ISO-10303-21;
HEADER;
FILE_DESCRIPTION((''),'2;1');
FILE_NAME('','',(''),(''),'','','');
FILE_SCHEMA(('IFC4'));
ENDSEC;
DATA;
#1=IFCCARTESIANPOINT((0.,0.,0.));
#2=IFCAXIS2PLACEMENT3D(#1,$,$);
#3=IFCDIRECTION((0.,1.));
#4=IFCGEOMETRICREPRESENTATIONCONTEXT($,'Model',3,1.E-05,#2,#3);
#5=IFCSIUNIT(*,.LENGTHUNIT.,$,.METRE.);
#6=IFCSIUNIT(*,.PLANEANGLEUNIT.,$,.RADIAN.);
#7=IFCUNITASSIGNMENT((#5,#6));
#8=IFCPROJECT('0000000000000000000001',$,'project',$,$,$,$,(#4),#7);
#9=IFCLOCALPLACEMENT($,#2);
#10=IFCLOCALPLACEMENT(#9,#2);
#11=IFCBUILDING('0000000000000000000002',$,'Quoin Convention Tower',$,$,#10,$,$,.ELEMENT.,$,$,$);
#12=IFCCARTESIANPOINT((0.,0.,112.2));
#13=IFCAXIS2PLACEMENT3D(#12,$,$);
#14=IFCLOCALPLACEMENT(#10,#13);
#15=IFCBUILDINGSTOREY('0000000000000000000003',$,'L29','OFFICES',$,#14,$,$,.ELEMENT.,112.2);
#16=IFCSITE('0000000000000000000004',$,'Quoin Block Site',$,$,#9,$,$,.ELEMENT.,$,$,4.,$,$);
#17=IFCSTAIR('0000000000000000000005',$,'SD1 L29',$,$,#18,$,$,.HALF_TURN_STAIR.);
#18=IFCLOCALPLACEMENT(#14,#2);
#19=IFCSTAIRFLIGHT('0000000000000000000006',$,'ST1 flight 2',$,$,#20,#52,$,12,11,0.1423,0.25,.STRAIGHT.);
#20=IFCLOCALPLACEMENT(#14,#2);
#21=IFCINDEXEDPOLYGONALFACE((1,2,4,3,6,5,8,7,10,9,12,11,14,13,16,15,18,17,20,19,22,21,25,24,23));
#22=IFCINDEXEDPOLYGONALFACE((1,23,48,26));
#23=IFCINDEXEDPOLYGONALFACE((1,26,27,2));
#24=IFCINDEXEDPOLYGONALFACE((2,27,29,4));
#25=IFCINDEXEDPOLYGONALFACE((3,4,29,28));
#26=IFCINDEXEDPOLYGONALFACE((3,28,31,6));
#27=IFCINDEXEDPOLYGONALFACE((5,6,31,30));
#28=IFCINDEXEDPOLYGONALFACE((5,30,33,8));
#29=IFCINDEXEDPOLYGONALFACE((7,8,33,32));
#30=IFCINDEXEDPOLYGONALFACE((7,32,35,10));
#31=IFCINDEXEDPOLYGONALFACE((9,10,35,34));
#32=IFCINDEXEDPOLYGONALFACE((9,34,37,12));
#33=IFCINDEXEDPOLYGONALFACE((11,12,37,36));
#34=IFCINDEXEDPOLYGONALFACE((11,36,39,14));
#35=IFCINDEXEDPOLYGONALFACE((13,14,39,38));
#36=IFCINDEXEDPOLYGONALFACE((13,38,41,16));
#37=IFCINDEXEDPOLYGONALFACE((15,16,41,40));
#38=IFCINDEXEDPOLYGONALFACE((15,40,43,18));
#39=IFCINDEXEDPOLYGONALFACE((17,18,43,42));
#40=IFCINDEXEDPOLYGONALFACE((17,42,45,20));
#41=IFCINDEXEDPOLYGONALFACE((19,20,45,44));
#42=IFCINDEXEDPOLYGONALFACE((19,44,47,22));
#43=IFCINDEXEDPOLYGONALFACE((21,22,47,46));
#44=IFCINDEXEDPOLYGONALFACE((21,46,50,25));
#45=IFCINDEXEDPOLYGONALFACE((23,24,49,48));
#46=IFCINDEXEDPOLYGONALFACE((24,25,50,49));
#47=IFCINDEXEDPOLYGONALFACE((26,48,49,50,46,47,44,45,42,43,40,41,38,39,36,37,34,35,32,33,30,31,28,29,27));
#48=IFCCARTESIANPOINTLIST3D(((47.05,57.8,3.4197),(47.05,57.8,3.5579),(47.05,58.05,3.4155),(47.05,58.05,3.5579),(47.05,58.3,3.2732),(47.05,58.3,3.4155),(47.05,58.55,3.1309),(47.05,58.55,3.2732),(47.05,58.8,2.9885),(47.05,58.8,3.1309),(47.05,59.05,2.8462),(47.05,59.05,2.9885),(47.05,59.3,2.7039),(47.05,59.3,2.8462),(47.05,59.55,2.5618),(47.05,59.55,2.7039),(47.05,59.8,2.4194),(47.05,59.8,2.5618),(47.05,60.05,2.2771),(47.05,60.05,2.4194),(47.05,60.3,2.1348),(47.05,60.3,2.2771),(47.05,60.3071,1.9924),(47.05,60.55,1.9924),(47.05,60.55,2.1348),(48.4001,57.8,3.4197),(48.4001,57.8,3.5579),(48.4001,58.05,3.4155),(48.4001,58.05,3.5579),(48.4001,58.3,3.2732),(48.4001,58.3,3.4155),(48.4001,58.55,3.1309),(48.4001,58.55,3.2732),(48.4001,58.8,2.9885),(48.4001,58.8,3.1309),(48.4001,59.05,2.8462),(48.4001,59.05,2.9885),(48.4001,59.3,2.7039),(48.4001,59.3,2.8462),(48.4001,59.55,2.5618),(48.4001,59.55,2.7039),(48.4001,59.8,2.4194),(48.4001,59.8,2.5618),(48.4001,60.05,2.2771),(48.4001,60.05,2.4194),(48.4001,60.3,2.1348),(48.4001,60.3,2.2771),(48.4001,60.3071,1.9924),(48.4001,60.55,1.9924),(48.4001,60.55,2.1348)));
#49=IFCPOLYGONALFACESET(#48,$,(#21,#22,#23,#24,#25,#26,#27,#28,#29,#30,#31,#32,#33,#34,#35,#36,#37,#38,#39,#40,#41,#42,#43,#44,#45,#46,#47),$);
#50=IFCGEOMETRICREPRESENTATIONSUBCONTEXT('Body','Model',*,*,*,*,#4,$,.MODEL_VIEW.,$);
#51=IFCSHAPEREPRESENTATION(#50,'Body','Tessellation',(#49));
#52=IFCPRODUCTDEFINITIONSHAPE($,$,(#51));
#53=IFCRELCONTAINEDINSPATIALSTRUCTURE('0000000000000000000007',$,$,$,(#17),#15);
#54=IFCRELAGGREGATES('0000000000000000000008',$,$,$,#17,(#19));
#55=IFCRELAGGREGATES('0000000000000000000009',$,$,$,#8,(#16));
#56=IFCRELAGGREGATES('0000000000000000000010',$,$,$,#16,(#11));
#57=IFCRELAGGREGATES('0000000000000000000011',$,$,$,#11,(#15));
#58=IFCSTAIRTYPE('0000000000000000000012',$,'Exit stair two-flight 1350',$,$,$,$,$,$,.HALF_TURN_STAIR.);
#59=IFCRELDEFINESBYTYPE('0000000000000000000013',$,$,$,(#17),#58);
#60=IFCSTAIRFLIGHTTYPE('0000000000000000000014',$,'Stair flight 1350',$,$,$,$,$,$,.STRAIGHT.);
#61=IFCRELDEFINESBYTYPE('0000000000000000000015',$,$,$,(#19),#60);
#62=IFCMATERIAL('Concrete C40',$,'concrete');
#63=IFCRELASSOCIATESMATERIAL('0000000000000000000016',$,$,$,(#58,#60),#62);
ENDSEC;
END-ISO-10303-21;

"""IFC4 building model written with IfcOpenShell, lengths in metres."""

from ifc_helpers import new_model, si_unit, direction, frame, origin, place, context, subcontext, project, spatial, polyline, outline, extrude, material, type_object, element, aggregate, save


model = new_model("IFC4")

# Units and contexts
model_context = context("Model", 3, precision=1e-05, world=origin(), true_north=direction((0.0, 1.0)))
body_context = subcontext(model_context, "Body", "Model", "MODEL_VIEW")
ifc_project = project(units=[si_unit("LENGTHUNIT", "METRE"), si_unit("PLANEANGLEUNIT", "RADIAN")], contexts=[model_context])

# Site, building, storey
site_placement = place(None, origin())
site = spatial("IfcSite", under=ifc_project, at=site_placement, Name="Quoin Block Site", CompositionType="ELEMENT", RefElevation=4.0)
building_placement = place(site_placement, origin())
building = spatial("IfcBuilding", under=site, at=building_placement, Name="Quoin Convention Tower", CompositionType="ELEMENT")
storey_placement = place(building_placement, frame((0.0, 0.0, 112.2)))
storey = spatial("IfcBuildingStorey", under=building, at=storey_placement, Name="L29", Description="OFFICES", CompositionType="ELEMENT", Elevation=112.2)

# Stair, stair flight
ifc_material_1 = material(Name="Concrete C40", Category="concrete")
stair_type = type_object("IfcStairType", Name="Exit stair two-flight 1350", PredefinedType="HALF_TURN_STAIR", material=ifc_material_1)
stair_placement = place(storey_placement, origin())
stair = element("IfcStair", 1, at=stair_placement, inside=storey, type_object=stair_type, Name="SD1 L29", PredefinedType="HALF_TURN_STAIR")
stair_flight_type = type_object("IfcStairFlightType", Name="Stair flight 1350", PredefinedType="STRAIGHT", material=ifc_material_1)
stair_flight_placement = place(storey_placement, frame((47.7251, 60.55, 1.9924), z_axis=(0.0, 0.0, 1.0), x_axis=(0.0, -1.0, 0.0)))
stair_flight = element("IfcStairFlight", 2, at=stair_flight_placement, type_object=stair_flight_type, Name="ST1 flight 2", NumberOfRisers=12, NumberOfTreads=11, PredefinedType="STRAIGHT", RiserHeight=0.1423, TreadLength=0.25, context=body_context, shape_type="SweptSolid", body=[
    extrude(outline(polyline([(0.0, 0.0), (0.0, 0.1423), (0.25, 0.1423), (0.25, 0.2847), (0.5, 0.2847), (0.5, 0.427), (0.75, 0.427), (0.75, 0.5693), (1.0, 0.5693), (1.0, 0.7114), (1.25, 0.7114), (1.25, 0.8538), (1.5, 0.8538), (1.5, 0.9961), (1.75, 0.9961), (1.75, 1.1384), (2.0, 1.1384), (2.0, 1.2808), (2.25, 1.2808), (2.25, 1.4231), (2.5, 1.4231), (2.5, 1.5654), (2.75, 1.5654), (2.75, 1.7078), (2.75, 1.4272), (0.2429, 0.0), (0.0, 0.0)])), frame((0.0, 0.675, 0.0), z_axis=(0.0, -1.0, 0.0), x_axis=(1.0, 0.0, 0.0)), (0.0, 0.0, 1.0), 1.3501),
])
aggregate(stair, [stair_flight])

save(model, "model.ifc")
